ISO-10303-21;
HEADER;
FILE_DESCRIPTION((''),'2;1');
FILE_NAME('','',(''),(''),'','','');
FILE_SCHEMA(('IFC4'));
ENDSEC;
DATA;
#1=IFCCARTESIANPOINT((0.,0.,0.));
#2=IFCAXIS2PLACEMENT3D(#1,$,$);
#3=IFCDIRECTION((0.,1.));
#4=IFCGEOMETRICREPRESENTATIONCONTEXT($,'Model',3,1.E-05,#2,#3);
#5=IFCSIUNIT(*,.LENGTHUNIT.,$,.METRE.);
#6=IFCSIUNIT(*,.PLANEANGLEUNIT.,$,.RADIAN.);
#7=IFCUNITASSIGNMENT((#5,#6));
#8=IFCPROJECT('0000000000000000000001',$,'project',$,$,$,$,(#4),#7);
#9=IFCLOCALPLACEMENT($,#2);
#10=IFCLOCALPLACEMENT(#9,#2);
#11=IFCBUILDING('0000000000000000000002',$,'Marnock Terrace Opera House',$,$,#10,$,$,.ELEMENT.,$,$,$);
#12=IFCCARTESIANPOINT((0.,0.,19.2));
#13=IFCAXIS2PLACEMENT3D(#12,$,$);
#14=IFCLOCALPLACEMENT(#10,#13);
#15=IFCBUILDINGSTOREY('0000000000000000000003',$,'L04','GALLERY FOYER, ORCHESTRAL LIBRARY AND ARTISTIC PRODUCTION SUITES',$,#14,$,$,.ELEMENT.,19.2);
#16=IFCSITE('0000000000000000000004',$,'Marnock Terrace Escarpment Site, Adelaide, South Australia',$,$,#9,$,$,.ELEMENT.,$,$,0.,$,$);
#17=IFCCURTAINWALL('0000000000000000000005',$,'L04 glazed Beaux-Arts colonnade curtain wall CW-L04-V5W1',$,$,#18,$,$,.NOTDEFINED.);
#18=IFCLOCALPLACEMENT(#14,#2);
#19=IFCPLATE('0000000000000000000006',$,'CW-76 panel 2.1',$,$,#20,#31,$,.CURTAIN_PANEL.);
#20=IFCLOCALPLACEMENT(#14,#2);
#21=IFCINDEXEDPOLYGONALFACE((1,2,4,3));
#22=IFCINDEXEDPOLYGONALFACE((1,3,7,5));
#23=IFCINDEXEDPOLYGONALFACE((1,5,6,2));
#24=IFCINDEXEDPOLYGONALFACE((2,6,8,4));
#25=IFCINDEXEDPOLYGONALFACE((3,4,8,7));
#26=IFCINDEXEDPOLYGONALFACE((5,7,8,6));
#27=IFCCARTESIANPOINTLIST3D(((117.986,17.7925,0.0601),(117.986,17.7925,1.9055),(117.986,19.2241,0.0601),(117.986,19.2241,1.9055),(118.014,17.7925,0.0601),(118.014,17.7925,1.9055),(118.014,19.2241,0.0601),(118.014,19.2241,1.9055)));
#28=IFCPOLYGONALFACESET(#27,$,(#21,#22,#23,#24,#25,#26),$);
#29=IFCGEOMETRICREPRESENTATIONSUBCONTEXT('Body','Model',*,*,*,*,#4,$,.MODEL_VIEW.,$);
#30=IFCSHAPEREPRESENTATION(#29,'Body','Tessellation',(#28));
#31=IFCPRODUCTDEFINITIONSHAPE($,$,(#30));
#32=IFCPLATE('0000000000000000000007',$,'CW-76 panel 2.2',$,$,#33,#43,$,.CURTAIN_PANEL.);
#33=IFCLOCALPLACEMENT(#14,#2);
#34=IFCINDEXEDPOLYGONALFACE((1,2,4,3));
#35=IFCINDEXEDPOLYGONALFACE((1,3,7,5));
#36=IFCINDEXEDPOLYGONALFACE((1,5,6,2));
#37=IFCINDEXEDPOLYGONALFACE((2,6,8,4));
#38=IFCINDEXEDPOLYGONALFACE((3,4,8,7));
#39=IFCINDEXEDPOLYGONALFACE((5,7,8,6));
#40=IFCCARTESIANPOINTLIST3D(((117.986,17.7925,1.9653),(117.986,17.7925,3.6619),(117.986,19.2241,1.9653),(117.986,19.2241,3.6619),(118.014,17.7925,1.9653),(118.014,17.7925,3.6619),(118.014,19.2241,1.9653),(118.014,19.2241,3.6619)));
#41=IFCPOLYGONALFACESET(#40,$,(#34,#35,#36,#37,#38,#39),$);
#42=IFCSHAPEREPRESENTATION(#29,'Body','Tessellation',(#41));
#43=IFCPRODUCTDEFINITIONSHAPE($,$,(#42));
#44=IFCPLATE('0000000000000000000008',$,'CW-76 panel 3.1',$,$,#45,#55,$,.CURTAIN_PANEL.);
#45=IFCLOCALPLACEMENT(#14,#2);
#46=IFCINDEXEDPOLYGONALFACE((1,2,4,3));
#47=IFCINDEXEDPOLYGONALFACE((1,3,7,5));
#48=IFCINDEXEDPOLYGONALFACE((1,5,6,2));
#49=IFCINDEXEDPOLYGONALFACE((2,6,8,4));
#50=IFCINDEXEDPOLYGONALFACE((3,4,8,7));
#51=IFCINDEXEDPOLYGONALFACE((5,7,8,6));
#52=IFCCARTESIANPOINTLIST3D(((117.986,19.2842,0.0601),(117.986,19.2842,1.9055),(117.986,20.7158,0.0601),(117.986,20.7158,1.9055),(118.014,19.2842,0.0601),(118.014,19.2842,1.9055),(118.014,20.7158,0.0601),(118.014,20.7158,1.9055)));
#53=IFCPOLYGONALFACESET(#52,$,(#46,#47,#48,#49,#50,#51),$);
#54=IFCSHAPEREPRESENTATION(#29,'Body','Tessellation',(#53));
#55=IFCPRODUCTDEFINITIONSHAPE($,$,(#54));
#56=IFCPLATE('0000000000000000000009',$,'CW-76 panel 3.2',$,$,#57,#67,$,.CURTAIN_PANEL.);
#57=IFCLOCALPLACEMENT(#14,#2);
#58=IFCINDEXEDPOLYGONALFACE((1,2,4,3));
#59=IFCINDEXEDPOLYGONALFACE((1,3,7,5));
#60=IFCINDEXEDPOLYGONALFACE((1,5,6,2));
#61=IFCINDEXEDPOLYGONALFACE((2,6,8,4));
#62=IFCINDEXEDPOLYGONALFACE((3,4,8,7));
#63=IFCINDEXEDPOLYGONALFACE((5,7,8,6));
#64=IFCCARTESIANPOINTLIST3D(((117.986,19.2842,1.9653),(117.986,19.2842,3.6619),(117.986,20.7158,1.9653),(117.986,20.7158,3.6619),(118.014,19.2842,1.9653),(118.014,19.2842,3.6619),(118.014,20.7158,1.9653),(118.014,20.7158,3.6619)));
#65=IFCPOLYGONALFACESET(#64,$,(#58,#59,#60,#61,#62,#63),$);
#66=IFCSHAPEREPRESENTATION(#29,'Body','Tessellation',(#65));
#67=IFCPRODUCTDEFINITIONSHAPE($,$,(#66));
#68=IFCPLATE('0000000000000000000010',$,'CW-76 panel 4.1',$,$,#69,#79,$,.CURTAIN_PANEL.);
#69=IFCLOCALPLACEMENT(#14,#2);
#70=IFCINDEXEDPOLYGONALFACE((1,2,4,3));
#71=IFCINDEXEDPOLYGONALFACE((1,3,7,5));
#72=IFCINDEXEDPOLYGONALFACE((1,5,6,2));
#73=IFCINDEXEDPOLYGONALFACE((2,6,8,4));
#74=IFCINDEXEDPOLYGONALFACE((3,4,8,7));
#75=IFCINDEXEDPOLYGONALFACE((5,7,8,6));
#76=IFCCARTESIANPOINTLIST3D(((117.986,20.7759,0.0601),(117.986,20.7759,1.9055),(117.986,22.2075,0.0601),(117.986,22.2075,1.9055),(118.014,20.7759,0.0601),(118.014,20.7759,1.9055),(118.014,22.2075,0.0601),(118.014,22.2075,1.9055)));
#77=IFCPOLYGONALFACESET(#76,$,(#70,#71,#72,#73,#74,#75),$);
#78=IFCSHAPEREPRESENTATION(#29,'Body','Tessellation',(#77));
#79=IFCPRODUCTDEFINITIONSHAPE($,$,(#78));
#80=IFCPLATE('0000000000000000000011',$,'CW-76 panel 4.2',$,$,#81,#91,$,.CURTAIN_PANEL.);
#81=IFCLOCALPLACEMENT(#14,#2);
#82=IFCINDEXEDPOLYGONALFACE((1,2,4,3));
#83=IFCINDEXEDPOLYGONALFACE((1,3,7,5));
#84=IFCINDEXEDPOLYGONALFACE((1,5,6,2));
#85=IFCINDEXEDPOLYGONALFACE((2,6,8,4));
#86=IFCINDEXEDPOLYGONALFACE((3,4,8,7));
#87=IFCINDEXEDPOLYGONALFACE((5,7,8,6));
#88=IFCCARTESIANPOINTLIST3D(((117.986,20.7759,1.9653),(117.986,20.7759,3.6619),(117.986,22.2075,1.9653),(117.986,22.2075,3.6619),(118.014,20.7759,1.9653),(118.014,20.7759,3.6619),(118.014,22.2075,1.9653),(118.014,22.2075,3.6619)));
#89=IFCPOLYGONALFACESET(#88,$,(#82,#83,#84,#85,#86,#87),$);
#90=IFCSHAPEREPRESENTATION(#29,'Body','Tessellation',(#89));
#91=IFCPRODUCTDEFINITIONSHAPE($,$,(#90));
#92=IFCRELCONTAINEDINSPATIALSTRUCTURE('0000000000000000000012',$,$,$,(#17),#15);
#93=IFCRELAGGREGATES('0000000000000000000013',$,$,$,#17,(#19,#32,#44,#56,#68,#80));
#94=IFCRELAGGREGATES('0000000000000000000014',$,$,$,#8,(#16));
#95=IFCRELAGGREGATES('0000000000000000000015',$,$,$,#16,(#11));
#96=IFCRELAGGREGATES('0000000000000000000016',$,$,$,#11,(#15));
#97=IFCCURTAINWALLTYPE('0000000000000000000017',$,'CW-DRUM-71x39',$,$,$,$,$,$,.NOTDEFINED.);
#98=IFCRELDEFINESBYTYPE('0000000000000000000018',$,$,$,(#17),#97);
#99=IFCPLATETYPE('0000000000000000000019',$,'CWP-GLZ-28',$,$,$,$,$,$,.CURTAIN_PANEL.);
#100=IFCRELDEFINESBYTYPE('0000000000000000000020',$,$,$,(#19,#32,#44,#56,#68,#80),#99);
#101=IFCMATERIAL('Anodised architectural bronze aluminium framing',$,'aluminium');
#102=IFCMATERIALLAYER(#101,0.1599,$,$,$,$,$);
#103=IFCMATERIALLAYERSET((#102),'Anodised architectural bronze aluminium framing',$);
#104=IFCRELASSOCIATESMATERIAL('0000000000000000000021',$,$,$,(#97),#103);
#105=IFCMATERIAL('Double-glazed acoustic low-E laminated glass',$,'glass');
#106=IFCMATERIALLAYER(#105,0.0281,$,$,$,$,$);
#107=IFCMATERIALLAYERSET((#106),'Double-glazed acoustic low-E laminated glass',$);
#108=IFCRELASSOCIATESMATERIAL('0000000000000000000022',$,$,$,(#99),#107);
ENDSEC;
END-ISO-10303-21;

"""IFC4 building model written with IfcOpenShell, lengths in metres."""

from ifc_helpers import new_model, si_unit, direction, frame, origin, origin_2d, place, context, subcontext, project, spatial, rectangle, extrude, material, layer, layer_set, type_object, element, aggregate, save


model = new_model("IFC4")

# Units and contexts
model_context = context("Model", 3, precision=1e-05, world=origin(), true_north=direction((0.0, 1.0)))
body_context = subcontext(model_context, "Body", "Model", "MODEL_VIEW")
ifc_project = project(units=[si_unit("LENGTHUNIT", "METRE"), si_unit("PLANEANGLEUNIT", "RADIAN")], contexts=[model_context])

# Site, building, storey
site_placement = place(None, origin())
site = spatial("IfcSite", under=ifc_project, at=site_placement, Name="Marnock Terrace Escarpment Site, Adelaide, South Australia", CompositionType="ELEMENT", RefElevation=0.0)
building_placement = place(site_placement, origin())
building = spatial("IfcBuilding", under=site, at=building_placement, Name="Marnock Terrace Opera House", CompositionType="ELEMENT")
storey_placement = place(building_placement, frame((0.0, 0.0, 19.2)))
storey = spatial("IfcBuildingStorey", under=building, at=storey_placement, Name="L04", Description="GALLERY FOYER, ORCHESTRAL LIBRARY AND ARTISTIC PRODUCTION SUITES", CompositionType="ELEMENT", Elevation=19.2)

# Curtain wall, plates
ifc_material_1 = material(Name="Anodised architectural bronze aluminium framing", Category="aluminium")
ifc_layer_1 = layer(ifc_material_1, 0.1599)
ifc_layer_set_1 = layer_set([ifc_layer_1], Name="Anodised architectural bronze aluminium framing")
curtain_wall_type = type_object("IfcCurtainWallType", Name="CW-DRUM-71x39", PredefinedType="NOTDEFINED", material=ifc_layer_set_1)
curtain_wall_placement = place(storey_placement, origin())
curtain_wall = element("IfcCurtainWall", 1, at=curtain_wall_placement, inside=storey, type_object=curtain_wall_type, Name="L04 glazed Beaux-Arts colonnade curtain wall CW-L04-V5W1", PredefinedType="NOTDEFINED")
ifc_material_2 = material(Name="Double-glazed acoustic low-E laminated glass", Category="glass")
ifc_layer_2 = layer(ifc_material_2, 0.0281)
ifc_layer_set_2 = layer_set([ifc_layer_2], Name="Double-glazed acoustic low-E laminated glass")
plate_type = type_object("IfcPlateType", Name="CWP-GLZ-28", PredefinedType="CURTAIN_PANEL", material=ifc_layer_set_2)
plate_1_placement = place(storey_placement, frame((118.0, 18.5083, 0.0601), z_axis=(0.0, 0.0, 1.0), x_axis=(0.0, 1.0, 0.0)))
plate_1 = element("IfcPlate", 2, at=plate_1_placement, type_object=plate_type, Name="CW-76 panel 2.1", PredefinedType="CURTAIN_PANEL", context=body_context, shape_type="SweptSolid", body=[
    extrude(rectangle(XDim=1.4316, YDim=0.0281, at=origin_2d()), origin(), (0.0, 0.0, 1.0), 1.8455),
])
plate_2_placement = place(storey_placement, frame((118.0, 18.5083, 1.9653), z_axis=(0.0, 0.0, 1.0), x_axis=(0.0, 1.0, 0.0)))
plate_2 = element("IfcPlate", 3, at=plate_2_placement, type_object=plate_type, Name="CW-76 panel 2.2", PredefinedType="CURTAIN_PANEL", context=body_context, shape_type="SweptSolid", body=[
    extrude(rectangle(XDim=1.4316, YDim=0.0281, at=origin_2d()), origin(), (0.0, 0.0, 1.0), 1.6965),
])
plate_3_placement = place(storey_placement, frame((118.0, 20.0, 0.0601), z_axis=(0.0, 0.0, 1.0), x_axis=(0.0, 1.0, 0.0)))
plate_3 = element("IfcPlate", 4, at=plate_3_placement, type_object=plate_type, Name="CW-76 panel 3.1", PredefinedType="CURTAIN_PANEL", context=body_context, shape_type="SweptSolid", body=[
    extrude(rectangle(XDim=1.4316, YDim=0.0281, at=origin_2d()), origin(), (0.0, 0.0, 1.0), 1.8455),
])
plate_4_placement = place(storey_placement, frame((118.0, 20.0, 1.9653), z_axis=(0.0, 0.0, 1.0), x_axis=(0.0, 1.0, 0.0)))
plate_4 = element("IfcPlate", 5, at=plate_4_placement, type_object=plate_type, Name="CW-76 panel 3.2", PredefinedType="CURTAIN_PANEL", context=body_context, shape_type="SweptSolid", body=[
    extrude(rectangle(XDim=1.4316, YDim=0.0281, at=origin_2d()), origin(), (0.0, 0.0, 1.0), 1.6965),
])
plate_5_placement = place(storey_placement, frame((118.0, 21.4917, 0.0601), z_axis=(0.0, 0.0, 1.0), x_axis=(0.0, 1.0, 0.0)))
plate_5 = element("IfcPlate", 6, at=plate_5_placement, type_object=plate_type, Name="CW-76 panel 4.1", PredefinedType="CURTAIN_PANEL", context=body_context, shape_type="SweptSolid", body=[
    extrude(rectangle(XDim=1.4316, YDim=0.0281, at=origin_2d()), origin(), (0.0, 0.0, 1.0), 1.8455),
])
plate_6_placement = place(storey_placement, frame((118.0, 21.4917, 1.9653), z_axis=(0.0, 0.0, 1.0), x_axis=(0.0, 1.0, 0.0)))
plate_6 = element("IfcPlate", 7, at=plate_6_placement, type_object=plate_type, Name="CW-76 panel 4.2", PredefinedType="CURTAIN_PANEL", context=body_context, shape_type="SweptSolid", body=[
    extrude(rectangle(XDim=1.4316, YDim=0.0281, at=origin_2d()), origin(), (0.0, 0.0, 1.0), 1.6965),
])
aggregate(curtain_wall, [plate_1, plate_2, plate_3, plate_4, plate_5, plate_6])

save(model, "model.ifc")
